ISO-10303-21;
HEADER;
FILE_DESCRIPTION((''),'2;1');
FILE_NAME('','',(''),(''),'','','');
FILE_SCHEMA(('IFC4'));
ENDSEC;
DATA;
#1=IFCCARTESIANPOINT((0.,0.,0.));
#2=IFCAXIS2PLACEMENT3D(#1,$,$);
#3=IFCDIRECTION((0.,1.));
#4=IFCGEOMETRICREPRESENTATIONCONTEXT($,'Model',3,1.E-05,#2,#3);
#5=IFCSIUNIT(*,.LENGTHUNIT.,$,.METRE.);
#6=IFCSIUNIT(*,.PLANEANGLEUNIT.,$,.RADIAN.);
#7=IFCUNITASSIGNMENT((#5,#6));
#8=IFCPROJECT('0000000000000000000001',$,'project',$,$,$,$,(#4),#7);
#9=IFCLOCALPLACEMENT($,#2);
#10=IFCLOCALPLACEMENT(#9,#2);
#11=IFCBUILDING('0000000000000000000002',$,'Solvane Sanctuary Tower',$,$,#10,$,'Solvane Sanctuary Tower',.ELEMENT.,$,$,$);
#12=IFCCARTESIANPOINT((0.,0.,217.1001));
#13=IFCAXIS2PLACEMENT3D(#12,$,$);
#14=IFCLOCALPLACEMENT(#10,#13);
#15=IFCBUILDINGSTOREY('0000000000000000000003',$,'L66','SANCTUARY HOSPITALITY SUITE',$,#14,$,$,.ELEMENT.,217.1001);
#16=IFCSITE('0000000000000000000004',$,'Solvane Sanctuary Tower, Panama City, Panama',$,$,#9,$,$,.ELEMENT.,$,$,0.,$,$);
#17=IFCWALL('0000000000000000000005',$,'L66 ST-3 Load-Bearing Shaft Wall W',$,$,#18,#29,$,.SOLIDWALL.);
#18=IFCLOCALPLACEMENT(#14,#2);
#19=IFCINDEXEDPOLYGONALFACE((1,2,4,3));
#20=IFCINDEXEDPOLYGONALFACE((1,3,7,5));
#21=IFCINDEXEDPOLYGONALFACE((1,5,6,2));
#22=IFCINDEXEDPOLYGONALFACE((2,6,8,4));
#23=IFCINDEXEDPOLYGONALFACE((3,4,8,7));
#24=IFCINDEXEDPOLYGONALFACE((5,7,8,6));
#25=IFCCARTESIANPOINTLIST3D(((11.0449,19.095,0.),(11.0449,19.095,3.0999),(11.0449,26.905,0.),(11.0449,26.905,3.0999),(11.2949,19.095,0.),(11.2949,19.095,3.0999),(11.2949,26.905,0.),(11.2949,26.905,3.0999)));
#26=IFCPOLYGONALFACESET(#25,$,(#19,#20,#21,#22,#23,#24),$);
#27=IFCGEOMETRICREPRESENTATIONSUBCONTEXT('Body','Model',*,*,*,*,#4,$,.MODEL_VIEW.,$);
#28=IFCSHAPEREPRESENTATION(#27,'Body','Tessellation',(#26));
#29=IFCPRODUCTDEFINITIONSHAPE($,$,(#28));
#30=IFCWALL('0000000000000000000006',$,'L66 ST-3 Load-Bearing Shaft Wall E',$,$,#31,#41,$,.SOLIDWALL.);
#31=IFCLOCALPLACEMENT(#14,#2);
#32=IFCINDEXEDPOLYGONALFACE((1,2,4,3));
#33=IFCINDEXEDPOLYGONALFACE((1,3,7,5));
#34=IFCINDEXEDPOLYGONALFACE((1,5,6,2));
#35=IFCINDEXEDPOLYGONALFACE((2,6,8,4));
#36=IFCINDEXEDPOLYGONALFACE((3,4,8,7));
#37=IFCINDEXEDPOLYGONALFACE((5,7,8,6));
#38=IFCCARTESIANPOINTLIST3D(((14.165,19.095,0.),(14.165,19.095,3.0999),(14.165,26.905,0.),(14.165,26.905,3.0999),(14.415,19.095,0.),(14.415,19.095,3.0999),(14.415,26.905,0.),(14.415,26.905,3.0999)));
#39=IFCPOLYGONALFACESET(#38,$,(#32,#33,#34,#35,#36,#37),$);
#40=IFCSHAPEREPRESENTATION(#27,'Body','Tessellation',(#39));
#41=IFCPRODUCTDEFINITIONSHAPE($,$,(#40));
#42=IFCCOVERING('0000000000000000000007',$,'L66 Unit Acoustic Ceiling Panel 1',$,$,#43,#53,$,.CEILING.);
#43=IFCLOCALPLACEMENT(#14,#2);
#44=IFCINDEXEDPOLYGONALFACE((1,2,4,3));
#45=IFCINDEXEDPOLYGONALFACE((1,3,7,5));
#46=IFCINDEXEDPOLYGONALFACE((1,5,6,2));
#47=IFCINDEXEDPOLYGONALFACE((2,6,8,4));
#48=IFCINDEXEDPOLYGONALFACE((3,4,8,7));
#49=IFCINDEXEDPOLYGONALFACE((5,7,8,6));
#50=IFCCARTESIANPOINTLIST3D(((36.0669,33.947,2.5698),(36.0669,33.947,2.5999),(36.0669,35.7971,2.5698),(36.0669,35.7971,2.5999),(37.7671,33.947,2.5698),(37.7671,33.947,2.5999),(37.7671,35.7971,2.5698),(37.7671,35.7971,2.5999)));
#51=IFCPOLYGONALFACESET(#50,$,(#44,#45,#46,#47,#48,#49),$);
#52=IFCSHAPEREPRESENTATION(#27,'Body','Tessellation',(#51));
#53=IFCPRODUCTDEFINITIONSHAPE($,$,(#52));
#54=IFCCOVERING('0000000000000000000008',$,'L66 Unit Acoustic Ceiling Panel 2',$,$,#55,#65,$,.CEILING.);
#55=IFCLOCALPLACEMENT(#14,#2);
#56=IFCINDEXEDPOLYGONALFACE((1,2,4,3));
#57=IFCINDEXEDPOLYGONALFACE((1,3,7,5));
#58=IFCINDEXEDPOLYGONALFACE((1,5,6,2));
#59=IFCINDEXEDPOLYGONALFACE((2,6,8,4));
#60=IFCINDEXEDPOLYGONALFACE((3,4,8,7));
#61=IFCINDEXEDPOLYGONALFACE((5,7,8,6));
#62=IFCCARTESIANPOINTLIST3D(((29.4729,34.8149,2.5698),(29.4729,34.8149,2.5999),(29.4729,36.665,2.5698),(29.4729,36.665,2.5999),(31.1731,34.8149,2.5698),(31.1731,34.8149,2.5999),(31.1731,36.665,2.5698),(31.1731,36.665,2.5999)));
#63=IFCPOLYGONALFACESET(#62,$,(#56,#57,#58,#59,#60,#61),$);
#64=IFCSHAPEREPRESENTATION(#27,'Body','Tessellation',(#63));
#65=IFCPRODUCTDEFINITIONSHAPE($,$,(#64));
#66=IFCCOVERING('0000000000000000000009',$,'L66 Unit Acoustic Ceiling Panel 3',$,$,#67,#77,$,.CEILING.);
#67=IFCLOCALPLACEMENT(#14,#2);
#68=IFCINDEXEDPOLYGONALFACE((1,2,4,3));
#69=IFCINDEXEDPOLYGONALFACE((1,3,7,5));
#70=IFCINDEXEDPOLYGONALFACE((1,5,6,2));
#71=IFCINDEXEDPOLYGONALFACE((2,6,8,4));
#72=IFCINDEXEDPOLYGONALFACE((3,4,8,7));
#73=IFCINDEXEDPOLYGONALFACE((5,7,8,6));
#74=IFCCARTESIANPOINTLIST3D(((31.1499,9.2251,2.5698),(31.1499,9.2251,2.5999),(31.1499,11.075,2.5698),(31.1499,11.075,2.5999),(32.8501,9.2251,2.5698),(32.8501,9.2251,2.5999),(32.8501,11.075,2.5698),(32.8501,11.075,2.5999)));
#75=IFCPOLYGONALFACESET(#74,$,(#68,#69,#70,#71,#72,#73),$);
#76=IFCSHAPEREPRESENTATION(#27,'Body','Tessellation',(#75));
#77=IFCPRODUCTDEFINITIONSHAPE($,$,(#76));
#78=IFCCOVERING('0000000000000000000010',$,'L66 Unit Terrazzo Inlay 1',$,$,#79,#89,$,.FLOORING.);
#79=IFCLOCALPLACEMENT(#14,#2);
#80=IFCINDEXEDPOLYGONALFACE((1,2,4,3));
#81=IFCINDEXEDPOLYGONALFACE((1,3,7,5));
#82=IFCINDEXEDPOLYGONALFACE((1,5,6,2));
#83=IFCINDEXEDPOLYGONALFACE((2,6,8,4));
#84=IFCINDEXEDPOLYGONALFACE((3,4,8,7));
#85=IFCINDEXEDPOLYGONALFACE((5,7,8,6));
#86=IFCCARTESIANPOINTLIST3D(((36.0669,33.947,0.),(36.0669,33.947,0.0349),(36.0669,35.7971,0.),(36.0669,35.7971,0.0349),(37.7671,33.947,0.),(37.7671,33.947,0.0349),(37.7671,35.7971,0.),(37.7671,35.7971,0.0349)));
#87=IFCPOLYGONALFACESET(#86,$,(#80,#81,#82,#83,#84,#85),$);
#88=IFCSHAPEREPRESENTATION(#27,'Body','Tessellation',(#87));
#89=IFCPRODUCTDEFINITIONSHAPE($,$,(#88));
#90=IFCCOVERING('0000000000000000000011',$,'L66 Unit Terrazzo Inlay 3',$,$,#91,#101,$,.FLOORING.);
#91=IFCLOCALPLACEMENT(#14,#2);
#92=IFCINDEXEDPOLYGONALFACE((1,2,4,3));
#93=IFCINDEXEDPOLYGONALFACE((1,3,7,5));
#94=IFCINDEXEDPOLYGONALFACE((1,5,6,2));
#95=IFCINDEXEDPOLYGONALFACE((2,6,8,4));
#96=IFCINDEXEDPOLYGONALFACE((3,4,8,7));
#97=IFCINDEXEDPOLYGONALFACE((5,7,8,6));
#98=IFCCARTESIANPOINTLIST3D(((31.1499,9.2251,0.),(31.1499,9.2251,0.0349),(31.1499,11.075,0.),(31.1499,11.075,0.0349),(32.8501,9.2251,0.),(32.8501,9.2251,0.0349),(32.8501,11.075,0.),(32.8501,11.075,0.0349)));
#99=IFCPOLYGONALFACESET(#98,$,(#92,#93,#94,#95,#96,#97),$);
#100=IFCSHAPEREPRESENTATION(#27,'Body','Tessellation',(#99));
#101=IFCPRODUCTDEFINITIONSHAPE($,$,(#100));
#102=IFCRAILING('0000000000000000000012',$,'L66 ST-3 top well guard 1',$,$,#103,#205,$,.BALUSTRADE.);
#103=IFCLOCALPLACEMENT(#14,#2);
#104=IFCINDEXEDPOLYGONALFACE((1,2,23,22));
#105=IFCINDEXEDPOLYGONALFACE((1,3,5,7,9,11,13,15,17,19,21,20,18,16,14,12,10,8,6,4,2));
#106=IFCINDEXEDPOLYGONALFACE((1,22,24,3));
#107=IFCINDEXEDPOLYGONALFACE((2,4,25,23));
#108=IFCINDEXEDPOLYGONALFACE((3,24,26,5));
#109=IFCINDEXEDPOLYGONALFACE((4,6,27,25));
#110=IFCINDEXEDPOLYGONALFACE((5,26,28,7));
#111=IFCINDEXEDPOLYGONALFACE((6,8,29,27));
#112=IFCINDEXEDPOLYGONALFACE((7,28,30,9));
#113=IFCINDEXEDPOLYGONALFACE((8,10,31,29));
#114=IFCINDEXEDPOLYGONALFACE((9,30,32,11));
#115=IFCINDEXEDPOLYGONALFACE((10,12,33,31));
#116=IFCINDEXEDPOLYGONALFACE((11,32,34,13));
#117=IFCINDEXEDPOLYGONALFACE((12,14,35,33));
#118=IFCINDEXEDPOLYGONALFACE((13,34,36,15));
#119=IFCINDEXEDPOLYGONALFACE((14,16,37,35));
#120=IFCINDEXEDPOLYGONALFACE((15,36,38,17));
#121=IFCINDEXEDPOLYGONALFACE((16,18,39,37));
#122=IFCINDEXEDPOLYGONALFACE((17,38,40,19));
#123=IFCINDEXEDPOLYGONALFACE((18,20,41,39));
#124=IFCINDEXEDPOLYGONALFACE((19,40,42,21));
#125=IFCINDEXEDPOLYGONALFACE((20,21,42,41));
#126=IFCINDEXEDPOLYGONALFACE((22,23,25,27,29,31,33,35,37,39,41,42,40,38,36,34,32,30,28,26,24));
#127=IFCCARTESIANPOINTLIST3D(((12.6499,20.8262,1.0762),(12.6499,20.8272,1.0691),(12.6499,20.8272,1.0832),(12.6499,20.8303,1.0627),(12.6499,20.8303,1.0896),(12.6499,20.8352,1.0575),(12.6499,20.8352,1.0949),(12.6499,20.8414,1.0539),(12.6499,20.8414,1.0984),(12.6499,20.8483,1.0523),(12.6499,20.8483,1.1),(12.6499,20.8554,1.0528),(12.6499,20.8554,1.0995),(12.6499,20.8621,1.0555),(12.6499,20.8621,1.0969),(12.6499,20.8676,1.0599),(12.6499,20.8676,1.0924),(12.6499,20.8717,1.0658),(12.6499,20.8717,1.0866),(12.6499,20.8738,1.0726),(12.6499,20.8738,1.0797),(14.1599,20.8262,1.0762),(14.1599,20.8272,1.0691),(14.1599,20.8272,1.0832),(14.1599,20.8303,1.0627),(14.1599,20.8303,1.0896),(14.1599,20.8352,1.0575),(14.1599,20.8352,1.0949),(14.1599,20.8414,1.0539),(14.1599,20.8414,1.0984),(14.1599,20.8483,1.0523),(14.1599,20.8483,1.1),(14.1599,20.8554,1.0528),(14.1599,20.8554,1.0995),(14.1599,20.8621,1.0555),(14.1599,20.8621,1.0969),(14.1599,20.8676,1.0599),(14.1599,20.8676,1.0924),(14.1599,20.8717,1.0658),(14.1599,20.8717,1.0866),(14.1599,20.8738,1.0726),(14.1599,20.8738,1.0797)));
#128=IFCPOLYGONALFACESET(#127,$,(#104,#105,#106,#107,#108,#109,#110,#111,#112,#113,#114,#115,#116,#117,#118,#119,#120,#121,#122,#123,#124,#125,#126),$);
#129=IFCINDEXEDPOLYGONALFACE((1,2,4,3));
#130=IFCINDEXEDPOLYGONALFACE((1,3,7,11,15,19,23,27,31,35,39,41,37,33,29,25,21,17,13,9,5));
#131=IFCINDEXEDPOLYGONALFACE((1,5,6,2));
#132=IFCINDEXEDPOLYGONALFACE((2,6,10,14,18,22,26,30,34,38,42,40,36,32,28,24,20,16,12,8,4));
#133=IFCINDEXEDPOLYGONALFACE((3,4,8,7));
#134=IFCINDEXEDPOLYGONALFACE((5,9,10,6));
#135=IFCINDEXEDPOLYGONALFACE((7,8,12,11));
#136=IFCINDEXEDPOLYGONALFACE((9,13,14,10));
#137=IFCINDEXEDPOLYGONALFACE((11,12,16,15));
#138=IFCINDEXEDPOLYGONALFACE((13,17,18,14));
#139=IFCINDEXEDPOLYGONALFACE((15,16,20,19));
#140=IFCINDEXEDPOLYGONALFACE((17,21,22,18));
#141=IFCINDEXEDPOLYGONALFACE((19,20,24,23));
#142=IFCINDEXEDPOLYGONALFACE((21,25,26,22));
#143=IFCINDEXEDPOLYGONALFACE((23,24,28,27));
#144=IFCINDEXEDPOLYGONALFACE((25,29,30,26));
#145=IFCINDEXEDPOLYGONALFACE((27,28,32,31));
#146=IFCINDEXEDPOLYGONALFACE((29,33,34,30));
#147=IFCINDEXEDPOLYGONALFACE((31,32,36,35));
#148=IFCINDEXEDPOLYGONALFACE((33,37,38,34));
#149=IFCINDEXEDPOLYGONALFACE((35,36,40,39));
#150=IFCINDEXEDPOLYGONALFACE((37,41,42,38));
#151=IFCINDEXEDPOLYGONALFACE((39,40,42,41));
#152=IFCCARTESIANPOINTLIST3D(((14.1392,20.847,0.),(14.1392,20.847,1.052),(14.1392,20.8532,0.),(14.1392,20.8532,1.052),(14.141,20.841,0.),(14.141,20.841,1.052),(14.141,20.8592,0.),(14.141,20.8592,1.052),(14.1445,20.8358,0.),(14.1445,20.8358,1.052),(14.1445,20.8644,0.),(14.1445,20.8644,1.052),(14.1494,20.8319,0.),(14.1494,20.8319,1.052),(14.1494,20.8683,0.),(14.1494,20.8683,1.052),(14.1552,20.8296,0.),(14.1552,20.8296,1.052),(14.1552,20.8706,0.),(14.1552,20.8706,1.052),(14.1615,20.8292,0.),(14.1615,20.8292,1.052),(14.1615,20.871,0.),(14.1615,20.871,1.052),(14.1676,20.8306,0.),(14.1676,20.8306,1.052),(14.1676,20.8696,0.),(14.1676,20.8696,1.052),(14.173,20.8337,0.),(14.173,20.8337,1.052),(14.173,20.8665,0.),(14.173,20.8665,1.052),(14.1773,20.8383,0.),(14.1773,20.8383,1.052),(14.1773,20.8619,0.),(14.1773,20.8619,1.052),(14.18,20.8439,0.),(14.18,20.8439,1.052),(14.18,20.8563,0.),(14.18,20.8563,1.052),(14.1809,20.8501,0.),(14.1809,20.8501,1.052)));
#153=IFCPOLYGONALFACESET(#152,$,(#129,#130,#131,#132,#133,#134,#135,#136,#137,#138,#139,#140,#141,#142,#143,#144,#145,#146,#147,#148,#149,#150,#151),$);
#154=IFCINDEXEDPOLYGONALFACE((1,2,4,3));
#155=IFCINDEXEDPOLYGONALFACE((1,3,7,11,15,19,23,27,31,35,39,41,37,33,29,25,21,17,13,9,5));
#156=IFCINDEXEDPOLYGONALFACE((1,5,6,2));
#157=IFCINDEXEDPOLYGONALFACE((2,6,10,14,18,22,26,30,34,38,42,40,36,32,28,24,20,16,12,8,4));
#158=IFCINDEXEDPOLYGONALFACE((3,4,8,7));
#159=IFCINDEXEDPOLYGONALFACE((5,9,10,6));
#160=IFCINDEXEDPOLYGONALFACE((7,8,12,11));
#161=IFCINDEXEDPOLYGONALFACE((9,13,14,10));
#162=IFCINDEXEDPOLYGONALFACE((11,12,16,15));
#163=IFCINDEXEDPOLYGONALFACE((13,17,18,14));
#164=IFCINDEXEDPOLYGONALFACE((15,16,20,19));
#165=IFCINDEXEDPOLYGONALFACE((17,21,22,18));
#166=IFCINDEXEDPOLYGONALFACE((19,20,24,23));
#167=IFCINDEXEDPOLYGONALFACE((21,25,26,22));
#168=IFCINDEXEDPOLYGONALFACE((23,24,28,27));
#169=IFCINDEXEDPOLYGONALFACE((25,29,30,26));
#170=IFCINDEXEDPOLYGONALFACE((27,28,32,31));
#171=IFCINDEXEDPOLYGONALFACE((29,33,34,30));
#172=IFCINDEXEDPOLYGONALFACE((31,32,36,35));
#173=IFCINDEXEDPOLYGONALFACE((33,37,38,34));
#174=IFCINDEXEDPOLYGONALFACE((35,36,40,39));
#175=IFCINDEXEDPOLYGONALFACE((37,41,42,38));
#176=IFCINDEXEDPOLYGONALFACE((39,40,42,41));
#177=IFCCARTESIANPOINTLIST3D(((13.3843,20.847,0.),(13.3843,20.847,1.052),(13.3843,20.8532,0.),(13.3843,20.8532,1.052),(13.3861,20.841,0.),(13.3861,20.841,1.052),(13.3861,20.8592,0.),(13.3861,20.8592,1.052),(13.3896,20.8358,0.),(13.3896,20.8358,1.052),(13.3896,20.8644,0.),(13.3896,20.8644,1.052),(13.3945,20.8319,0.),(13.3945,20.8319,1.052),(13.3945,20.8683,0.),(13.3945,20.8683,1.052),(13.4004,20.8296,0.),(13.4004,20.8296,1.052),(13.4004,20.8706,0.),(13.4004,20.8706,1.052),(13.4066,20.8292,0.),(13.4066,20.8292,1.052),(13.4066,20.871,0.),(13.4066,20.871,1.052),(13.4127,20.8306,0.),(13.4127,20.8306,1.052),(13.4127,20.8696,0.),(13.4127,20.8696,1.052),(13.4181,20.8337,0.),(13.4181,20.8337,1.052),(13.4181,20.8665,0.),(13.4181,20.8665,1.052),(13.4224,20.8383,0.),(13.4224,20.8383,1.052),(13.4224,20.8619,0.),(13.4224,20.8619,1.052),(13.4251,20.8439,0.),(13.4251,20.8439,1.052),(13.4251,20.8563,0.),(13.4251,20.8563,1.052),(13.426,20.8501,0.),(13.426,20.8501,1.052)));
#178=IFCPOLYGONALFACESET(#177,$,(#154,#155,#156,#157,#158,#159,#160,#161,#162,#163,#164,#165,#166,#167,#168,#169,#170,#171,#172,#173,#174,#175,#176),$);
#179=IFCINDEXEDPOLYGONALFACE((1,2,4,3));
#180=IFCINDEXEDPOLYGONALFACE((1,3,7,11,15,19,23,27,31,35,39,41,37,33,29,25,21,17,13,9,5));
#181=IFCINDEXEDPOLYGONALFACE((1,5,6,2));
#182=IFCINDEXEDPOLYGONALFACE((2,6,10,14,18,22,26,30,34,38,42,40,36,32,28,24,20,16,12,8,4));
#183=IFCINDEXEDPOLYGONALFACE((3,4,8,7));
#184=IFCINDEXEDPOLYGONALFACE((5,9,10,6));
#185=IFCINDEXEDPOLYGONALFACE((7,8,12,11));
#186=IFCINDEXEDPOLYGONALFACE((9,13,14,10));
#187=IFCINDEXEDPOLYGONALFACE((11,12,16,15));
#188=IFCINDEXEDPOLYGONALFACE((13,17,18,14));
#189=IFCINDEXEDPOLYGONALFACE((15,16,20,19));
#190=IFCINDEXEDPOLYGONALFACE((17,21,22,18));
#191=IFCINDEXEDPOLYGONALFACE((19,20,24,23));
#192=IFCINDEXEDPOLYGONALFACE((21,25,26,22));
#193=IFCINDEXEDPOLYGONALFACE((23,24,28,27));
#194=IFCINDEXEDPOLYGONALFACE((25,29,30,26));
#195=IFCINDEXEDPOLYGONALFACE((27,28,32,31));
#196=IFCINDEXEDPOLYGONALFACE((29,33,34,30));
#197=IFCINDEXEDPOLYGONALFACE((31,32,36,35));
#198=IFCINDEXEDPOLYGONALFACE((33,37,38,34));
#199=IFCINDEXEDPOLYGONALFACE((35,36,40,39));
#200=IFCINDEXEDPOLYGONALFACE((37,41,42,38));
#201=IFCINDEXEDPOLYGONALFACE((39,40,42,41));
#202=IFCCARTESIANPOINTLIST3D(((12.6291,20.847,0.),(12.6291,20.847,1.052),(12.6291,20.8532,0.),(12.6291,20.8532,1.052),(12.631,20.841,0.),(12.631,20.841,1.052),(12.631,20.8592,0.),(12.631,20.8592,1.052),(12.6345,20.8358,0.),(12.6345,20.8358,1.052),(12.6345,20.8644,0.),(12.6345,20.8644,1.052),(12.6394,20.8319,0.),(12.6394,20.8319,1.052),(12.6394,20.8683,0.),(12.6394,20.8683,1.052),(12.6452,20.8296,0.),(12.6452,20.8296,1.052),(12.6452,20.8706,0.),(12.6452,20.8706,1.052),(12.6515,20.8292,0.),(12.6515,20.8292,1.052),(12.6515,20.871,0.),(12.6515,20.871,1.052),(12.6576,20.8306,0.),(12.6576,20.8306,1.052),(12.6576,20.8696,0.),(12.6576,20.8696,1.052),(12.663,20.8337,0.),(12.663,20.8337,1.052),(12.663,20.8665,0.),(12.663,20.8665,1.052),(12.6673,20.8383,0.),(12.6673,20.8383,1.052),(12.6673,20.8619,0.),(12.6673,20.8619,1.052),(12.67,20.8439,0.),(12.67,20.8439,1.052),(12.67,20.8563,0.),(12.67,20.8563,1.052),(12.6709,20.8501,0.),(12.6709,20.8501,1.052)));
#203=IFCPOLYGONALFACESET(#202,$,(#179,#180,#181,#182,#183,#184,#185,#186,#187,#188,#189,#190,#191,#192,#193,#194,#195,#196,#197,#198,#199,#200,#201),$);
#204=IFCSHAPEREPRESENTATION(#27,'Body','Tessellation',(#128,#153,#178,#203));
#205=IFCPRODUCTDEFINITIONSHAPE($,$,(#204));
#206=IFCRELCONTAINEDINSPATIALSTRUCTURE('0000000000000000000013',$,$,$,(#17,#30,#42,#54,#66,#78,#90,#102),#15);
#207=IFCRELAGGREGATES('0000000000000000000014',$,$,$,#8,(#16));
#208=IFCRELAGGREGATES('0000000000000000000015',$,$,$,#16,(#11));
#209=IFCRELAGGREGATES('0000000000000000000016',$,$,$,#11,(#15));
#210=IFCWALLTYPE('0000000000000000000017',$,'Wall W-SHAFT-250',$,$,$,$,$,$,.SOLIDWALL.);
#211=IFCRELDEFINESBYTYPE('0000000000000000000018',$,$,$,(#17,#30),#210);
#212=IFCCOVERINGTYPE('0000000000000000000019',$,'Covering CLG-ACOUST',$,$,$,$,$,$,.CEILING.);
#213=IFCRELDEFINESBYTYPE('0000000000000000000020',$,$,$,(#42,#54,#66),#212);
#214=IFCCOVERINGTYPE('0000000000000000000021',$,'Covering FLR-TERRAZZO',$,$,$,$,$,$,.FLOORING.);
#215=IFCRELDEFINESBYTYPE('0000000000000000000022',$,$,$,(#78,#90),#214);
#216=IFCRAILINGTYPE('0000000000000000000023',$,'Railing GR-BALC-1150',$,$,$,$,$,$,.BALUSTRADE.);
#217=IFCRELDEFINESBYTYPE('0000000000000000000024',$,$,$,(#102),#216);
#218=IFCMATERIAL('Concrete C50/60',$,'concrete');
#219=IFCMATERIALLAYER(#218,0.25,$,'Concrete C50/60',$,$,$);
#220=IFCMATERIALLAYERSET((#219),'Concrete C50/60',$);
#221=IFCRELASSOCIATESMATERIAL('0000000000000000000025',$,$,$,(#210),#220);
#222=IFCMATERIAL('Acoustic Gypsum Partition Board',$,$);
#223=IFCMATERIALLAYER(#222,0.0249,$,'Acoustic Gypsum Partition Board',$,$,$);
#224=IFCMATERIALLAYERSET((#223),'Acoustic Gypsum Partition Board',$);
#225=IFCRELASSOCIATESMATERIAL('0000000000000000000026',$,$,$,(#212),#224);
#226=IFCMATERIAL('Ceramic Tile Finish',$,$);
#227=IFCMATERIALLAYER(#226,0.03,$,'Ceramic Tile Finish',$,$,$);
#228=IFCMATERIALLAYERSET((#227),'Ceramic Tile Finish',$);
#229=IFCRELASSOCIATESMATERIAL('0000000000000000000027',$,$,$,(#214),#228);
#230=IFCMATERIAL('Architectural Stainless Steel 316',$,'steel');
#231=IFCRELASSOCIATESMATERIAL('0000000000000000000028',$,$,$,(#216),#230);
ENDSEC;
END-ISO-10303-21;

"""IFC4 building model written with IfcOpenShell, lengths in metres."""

from ifc_helpers import new_model, si_unit, direction, frame, frame_2d, origin, origin_2d, place, context, subcontext, project, spatial, polyline, rectangle, circle, outline, extrude, material, layer, layer_set, type_object, element, save


model = new_model("IFC4")

# Units and contexts
model_context = context("Model", 3, precision=1e-05, world=origin(), true_north=direction((0.0, 1.0)))
body_context = subcontext(model_context, "Body", "Model", "MODEL_VIEW")
ifc_project = project(units=[si_unit("LENGTHUNIT", "METRE"), si_unit("PLANEANGLEUNIT", "RADIAN")], contexts=[model_context])

# Site, building, storey
site_placement = place(None, origin())
site = spatial("IfcSite", under=ifc_project, at=site_placement, Name="Solvane Sanctuary Tower, Panama City, Panama", CompositionType="ELEMENT", RefElevation=0.0)
building_placement = place(site_placement, origin())
building = spatial("IfcBuilding", under=site, at=building_placement, Name="Solvane Sanctuary Tower", LongName="Solvane Sanctuary Tower", CompositionType="ELEMENT")
storey_placement = place(building_placement, frame((0.0, 0.0, 217.1001)))
storey = spatial("IfcBuildingStorey", under=building, at=storey_placement, Name="L66", Description="SANCTUARY HOSPITALITY SUITE", CompositionType="ELEMENT", Elevation=217.1001)

# Shared definitions
ifc_material_1 = material(Name="Concrete C50/60", Category="concrete")
ifc_material_2 = material(Name="Acoustic Gypsum Partition Board")

# Shared definitions
ifc_layer_1 = layer(ifc_material_1, 0.25, Name="Concrete C50/60")
ifc_layer_set_1 = layer_set([ifc_layer_1], Name="Concrete C50/60")
wall_type_1 = type_object("IfcWallType", Name="Wall W-SHAFT-250", PredefinedType="SOLIDWALL", material=ifc_layer_set_1)
ifc_material_3 = material(Name="Architectural Stainless Steel 316", Category="steel")

# Walls
for number, where, z_axis, x_axis, name in (
    (1, (11.1699, 19.095, 0.0), (0.0, 0.0, 1.0), (0.0, 1.0, 0.0), "L66 ST-3 Load-Bearing Shaft Wall W"),
    (2, (14.29, 19.095, 0.0), (0.0, 0.0, 1.0), (0.0, 1.0, 0.0), "L66 ST-3 Load-Bearing Shaft Wall E"),
):
    element("IfcWall", number, at=place(storey_placement, frame(where, z_axis=z_axis, x_axis=x_axis)), inside=storey, type_object=wall_type_1, Name=name, PredefinedType="SOLIDWALL", context=body_context, shape_type="SweptSolid", body=[
        extrude(rectangle(XDim=7.8101, YDim=0.25, at=frame_2d((3.905, 0.0))), origin(), (0.0, 0.0, 1.0), 3.0999),
    ])

# Coverings
ifc_layer_2 = layer(ifc_material_2, 0.0249, Name="Acoustic Gypsum Partition Board")
ifc_layer_set_2 = layer_set([ifc_layer_2], Name="Acoustic Gypsum Partition Board")
covering_type_1 = type_object("IfcCoveringType", Name="Covering CLG-ACOUST", PredefinedType="CEILING", material=ifc_layer_set_2)
covering_1_placement = place(storey_placement, frame((0.0, 0.0, 2.5698)))
element("IfcCovering", 3, at=covering_1_placement, inside=storey, type_object=covering_type_1, Name="L66 Unit Acoustic Ceiling Panel 1", PredefinedType="CEILING", context=body_context, shape_type="SweptSolid", body=[
    extrude(outline(polyline([(36.0669, 33.947), (37.7671, 33.947), (37.7671, 35.7971), (36.0669, 35.7971), (36.0669, 33.947)])), origin(), (0.0, 0.0, 1.0), 0.03),
])
covering_2_placement = place(storey_placement, frame((0.0, 0.0, 2.5698)))
element("IfcCovering", 4, at=covering_2_placement, inside=storey, type_object=covering_type_1, Name="L66 Unit Acoustic Ceiling Panel 2", PredefinedType="CEILING", context=body_context, shape_type="SweptSolid", body=[
    extrude(outline(polyline([(29.4729, 34.8149), (31.1731, 34.8149), (31.1731, 36.665), (29.4729, 36.665), (29.4729, 34.8149)])), origin(), (0.0, 0.0, 1.0), 0.03),
])
covering_3_placement = place(storey_placement, frame((0.0, 0.0, 2.5698)))
element("IfcCovering", 5, at=covering_3_placement, inside=storey, type_object=covering_type_1, Name="L66 Unit Acoustic Ceiling Panel 3", PredefinedType="CEILING", context=body_context, shape_type="SweptSolid", body=[
    extrude(outline(polyline([(31.1499, 9.2251), (32.8501, 9.2251), (32.8501, 11.075), (31.1499, 11.075), (31.1499, 9.2251)])), origin(), (0.0, 0.0, 1.0), 0.03),
])
ifc_material_4 = material(Name="Ceramic Tile Finish")
ifc_layer_3 = layer(ifc_material_4, 0.03, Name="Ceramic Tile Finish")
ifc_layer_set_3 = layer_set([ifc_layer_3], Name="Ceramic Tile Finish")
covering_type_2 = type_object("IfcCoveringType", Name="Covering FLR-TERRAZZO", PredefinedType="FLOORING", material=ifc_layer_set_3)
covering_4_placement = place(storey_placement, origin())
element("IfcCovering", 6, at=covering_4_placement, inside=storey, type_object=covering_type_2, Name="L66 Unit Terrazzo Inlay 1", PredefinedType="FLOORING", context=body_context, shape_type="SweptSolid", body=[
    extrude(outline(polyline([(36.0669, 33.947), (37.7671, 33.947), (37.7671, 35.7971), (36.0669, 35.7971), (36.0669, 33.947)])), origin(), (0.0, 0.0, 1.0), 0.0349),
])
covering_5_placement = place(storey_placement, origin())
element("IfcCovering", 7, at=covering_5_placement, inside=storey, type_object=covering_type_2, Name="L66 Unit Terrazzo Inlay 3", PredefinedType="FLOORING", context=body_context, shape_type="SweptSolid", body=[
    extrude(outline(polyline([(31.1499, 9.2251), (32.8501, 9.2251), (32.8501, 11.075), (31.1499, 11.075), (31.1499, 9.2251)])), origin(), (0.0, 0.0, 1.0), 0.0349),
])

# Railing
railing_type = type_object("IfcRailingType", Name="Railing GR-BALC-1150", PredefinedType="BALUSTRADE", material=ifc_material_3)
railing_placement = place(storey_placement, frame((14.1599, 20.8501, 0.0)))
element("IfcRailing", 8, at=railing_placement, inside=storey, type_object=railing_type, Name="L66 ST-3 top well guard 1", PredefinedType="BALUSTRADE", context=body_context, shape_type="SweptSolid", body=[
    extrude(circle(Radius=0.0239, at=origin_2d()), frame((0.0, 0.0, 1.0762), z_axis=(-1.0, 0.0, 0.0), x_axis=(0.0, -1.0, 0.0)), (0.0, 0.0, 1.0), 1.51),
    extrude(circle(Radius=0.021, at=origin_2d()), origin(), (0.0, 0.0, 1.0), 1.052),
    extrude(circle(Radius=0.021, at=origin_2d()), frame((-0.7549, 0.0, 0.0)), (0.0, 0.0, 1.0), 1.052),
    extrude(circle(Radius=0.021, at=origin_2d()), frame((-1.51, 0.0, 0.0)), (0.0, 0.0, 1.0), 1.052),
])

save(model, "model.ifc")
